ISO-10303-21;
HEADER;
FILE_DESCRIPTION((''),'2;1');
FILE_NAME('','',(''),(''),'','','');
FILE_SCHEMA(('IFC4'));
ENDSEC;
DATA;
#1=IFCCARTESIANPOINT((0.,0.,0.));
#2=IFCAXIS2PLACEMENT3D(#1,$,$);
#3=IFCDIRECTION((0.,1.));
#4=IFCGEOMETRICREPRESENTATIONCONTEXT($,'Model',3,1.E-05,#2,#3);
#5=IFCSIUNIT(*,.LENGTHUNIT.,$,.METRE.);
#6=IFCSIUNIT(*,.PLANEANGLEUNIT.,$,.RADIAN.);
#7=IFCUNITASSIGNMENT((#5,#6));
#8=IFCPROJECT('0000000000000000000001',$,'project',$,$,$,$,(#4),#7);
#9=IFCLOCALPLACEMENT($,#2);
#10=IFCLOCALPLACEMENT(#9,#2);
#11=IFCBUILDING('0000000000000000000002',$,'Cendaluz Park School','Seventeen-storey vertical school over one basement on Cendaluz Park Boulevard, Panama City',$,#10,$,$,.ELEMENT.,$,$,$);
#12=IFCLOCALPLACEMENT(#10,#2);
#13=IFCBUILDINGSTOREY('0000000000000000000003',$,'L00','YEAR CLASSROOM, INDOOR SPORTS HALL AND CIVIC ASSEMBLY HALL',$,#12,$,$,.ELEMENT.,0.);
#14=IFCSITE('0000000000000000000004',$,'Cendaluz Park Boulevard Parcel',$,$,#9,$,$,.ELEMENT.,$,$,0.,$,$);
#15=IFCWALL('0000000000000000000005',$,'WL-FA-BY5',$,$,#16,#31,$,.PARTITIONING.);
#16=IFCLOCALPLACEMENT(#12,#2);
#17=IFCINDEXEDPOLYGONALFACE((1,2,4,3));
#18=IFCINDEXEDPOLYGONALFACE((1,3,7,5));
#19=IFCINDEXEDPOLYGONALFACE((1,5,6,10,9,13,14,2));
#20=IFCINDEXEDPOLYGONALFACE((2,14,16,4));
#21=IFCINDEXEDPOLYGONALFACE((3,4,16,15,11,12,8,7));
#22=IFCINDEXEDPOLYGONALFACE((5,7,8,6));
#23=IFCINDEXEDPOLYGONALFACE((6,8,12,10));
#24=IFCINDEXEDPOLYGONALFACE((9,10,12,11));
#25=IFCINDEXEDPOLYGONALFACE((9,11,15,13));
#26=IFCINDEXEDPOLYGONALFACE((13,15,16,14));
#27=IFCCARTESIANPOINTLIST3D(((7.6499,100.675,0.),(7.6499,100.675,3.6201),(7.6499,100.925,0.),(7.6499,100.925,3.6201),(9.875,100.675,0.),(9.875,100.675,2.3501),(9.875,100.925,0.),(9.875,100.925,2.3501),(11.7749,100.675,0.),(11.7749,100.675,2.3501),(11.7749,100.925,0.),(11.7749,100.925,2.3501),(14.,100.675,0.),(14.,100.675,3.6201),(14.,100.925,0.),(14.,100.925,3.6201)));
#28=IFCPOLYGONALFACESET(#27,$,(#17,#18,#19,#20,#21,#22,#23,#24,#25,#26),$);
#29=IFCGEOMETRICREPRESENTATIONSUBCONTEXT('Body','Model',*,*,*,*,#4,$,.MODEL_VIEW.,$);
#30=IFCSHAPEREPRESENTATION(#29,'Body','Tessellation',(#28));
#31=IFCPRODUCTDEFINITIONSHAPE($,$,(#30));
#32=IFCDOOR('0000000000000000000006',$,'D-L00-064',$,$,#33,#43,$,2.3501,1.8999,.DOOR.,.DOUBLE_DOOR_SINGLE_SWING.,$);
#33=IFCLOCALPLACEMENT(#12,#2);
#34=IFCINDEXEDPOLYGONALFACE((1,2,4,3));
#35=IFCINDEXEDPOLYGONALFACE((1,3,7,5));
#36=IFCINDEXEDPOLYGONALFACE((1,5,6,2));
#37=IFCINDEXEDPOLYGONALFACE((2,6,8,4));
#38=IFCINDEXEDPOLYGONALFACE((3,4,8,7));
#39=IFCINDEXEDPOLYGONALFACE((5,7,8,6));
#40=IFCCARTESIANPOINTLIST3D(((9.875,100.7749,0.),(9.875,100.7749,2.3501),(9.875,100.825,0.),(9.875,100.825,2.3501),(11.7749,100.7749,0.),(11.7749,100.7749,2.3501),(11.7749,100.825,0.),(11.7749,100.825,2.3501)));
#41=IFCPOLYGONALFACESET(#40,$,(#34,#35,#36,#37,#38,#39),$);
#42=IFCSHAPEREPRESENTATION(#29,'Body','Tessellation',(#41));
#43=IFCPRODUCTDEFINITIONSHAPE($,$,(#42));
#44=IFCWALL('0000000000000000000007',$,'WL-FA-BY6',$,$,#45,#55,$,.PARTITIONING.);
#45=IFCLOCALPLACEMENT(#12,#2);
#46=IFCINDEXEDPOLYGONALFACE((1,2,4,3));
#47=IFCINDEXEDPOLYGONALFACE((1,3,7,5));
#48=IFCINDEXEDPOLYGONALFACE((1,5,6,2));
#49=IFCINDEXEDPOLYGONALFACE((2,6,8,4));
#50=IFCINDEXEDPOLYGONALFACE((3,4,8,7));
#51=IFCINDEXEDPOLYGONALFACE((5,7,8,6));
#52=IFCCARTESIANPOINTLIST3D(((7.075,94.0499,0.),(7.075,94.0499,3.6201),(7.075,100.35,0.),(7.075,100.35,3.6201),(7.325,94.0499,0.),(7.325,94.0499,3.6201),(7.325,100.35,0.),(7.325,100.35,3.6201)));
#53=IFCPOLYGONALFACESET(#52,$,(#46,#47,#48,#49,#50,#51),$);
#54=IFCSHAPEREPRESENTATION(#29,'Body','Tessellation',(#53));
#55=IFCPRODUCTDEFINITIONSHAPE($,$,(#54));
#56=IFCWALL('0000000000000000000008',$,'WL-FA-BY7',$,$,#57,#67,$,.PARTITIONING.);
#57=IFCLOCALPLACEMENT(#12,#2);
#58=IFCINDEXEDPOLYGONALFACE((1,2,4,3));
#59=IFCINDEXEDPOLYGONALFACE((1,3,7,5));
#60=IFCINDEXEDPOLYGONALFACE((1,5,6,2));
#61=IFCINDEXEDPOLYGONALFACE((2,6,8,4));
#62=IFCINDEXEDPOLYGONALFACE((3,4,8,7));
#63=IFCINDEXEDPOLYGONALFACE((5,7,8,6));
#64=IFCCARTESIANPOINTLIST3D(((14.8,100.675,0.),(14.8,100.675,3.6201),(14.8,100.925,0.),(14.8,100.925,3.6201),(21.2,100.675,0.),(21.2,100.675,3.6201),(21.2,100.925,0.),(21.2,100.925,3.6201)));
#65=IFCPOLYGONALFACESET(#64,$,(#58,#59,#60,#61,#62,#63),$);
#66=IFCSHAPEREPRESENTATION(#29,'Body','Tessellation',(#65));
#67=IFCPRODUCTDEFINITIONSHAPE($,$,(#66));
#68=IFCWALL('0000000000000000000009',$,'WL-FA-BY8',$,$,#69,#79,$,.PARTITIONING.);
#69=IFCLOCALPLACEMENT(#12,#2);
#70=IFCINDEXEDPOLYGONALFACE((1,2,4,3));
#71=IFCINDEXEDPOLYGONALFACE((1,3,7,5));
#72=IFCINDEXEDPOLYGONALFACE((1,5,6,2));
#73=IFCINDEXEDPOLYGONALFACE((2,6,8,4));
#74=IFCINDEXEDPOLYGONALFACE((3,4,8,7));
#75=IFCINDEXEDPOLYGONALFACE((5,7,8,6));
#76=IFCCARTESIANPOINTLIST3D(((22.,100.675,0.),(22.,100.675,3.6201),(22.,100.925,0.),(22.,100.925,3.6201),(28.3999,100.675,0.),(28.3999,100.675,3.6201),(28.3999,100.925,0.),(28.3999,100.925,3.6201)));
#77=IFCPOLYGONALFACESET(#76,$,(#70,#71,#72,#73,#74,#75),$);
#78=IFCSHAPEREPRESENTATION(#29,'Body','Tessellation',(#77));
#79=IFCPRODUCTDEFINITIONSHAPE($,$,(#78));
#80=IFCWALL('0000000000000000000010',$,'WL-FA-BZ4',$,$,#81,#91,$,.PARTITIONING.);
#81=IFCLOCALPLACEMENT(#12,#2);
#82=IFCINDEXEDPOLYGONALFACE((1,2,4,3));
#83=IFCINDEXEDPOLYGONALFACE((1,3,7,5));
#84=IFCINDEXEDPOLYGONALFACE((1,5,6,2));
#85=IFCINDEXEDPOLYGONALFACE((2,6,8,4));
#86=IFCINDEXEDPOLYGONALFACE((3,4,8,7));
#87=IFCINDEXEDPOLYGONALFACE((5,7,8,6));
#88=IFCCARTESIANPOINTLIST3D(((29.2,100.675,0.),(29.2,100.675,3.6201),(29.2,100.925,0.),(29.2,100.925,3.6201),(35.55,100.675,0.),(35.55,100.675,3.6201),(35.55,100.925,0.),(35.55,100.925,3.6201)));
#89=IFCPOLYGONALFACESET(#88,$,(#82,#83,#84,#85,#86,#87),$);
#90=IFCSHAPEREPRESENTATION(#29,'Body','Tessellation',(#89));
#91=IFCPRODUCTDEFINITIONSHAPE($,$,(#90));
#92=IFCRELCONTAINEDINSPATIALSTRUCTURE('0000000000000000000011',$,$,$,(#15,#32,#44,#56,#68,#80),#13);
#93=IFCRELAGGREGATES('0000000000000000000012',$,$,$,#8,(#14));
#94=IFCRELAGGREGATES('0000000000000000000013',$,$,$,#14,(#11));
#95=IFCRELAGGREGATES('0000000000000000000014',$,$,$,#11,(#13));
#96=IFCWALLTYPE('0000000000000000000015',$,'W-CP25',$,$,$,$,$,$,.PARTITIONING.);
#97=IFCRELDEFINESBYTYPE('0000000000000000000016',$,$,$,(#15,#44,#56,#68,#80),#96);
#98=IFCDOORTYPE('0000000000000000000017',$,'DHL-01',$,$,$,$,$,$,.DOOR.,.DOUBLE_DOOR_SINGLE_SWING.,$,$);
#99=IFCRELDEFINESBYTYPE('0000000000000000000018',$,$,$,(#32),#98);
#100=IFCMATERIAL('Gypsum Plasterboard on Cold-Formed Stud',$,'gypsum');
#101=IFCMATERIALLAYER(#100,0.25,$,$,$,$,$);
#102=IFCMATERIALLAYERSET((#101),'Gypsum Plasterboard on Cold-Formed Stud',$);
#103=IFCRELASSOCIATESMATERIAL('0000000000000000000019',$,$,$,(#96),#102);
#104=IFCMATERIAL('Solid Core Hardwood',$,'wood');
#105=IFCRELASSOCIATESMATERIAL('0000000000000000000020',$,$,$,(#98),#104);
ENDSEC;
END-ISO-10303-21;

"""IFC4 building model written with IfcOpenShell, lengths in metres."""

from ifc_helpers import new_model, si_unit, direction, frame, frame_2d, origin, place, context, subcontext, project, spatial, rectangle, extrude, material, layer, layer_set, type_object, element, fill, save


model = new_model("IFC4")

# Units and contexts
model_context = context("Model", 3, precision=1e-05, world=origin(), true_north=direction((0.0, 1.0)))
body_context = subcontext(model_context, "Body", "Model", "MODEL_VIEW")
ifc_project = project(units=[si_unit("LENGTHUNIT", "METRE"), si_unit("PLANEANGLEUNIT", "RADIAN")], contexts=[model_context])

# Site, building, storey
site_placement = place(None, origin())
site = spatial("IfcSite", under=ifc_project, at=site_placement, Name="Cendaluz Park Boulevard Parcel", CompositionType="ELEMENT", RefElevation=0.0)
building_placement = place(site_placement, origin())
building = spatial("IfcBuilding", under=site, at=building_placement, Name="Cendaluz Park School", Description="Seventeen-storey vertical school over one basement on Cendaluz Park Boulevard, Panama City", CompositionType="ELEMENT")
storey_placement = place(building_placement, origin())
storey = spatial("IfcBuildingStorey", under=building, at=storey_placement, Name="L00", Description="YEAR CLASSROOM, INDOOR SPORTS HALL AND CIVIC ASSEMBLY HALL", CompositionType="ELEMENT", Elevation=0.0)

# Wall, opening, door
ifc_material_1 = material(Name="Gypsum Plasterboard on Cold-Formed Stud", Category="gypsum")
ifc_layer = layer(ifc_material_1, 0.25)
ifc_layer_set = layer_set([ifc_layer], Name="Gypsum Plasterboard on Cold-Formed Stud")
wall_type = type_object("IfcWallType", Name="W-CP25", PredefinedType="PARTITIONING", material=ifc_layer_set)
wall_1_placement = place(storey_placement, frame((7.6499, 100.8, 0.0), z_axis=(0.0, 0.0, 1.0), x_axis=(1.0, 0.0, 0.0)))
wall_1 = element("IfcWall", 1, at=wall_1_placement, inside=storey, type_object=wall_type, Name="WL-FA-BY5", PredefinedType="PARTITIONING", context=body_context, shape_type="SweptSolid", body=[
    extrude(rectangle(XDim=6.3501, YDim=0.25, at=frame_2d((3.175, 0.0))), origin(), (0.0, 0.0, 1.0), 3.6201),
])
opening_placement = place(wall_1_placement, frame((2.2251, 0.0, 0.0)))
opening = element("IfcOpeningElement", 2, at=opening_placement, cuts=wall_1, PredefinedType="OPENING", context=body_context, shape_type="SweptSolid", body=[
    extrude(rectangle(XDim=1.8999, YDim=2.3501, at=frame_2d((0.95, 1.175))), frame((0.0, 0.137, 0.0), z_axis=(0.0, -1.0, 0.0), x_axis=(1.0, 0.0, 0.0)), (0.0, 0.0, 1.0), 0.2739),
])
ifc_material_2 = material(Name="Solid Core Hardwood", Category="wood")
door_type = type_object("IfcDoorType", Name="DHL-01", OperationType="DOUBLE_DOOR_SINGLE_SWING", PredefinedType="DOOR", material=ifc_material_2)
door_placement = place(opening_placement, origin())
door = element("IfcDoor", 3, at=door_placement, inside=storey, type_object=door_type, Name="D-L00-064", OperationType="DOUBLE_DOOR_SINGLE_SWING", OverallHeight=2.3501, OverallWidth=1.8999, PredefinedType="DOOR", context=body_context, shape_type="SweptSolid", body=[
    extrude(rectangle(XDim=1.8999, YDim=2.3501, at=frame_2d((0.95, 1.175))), frame((0.0, 0.0249, 0.0), z_axis=(0.0, -1.0, 0.0), x_axis=(1.0, 0.0, 0.0)), (0.0, 0.0, 1.0), 0.05),
])
fill(opening, door)

# Walls
wall_2_placement = place(storey_placement, frame((7.2, 94.05, 0.0), z_axis=(0.0, 0.0, 1.0), x_axis=(0.0, 1.0, 0.0)))
element("IfcWall", 4, at=wall_2_placement, inside=storey, type_object=wall_type, Name="WL-FA-BY6", PredefinedType="PARTITIONING", context=body_context, shape_type="SweptSolid", body=[
    extrude(rectangle(XDim=6.3, YDim=0.25, at=frame_2d((3.1499, 0.0))), origin(), (0.0, 0.0, 1.0), 3.6201),
])
for number, where, z_axis, x_axis, name in (
    (5, (14.8, 100.8, 0.0), (0.0, 0.0, 1.0), (1.0, 0.0, 0.0), "WL-FA-BY7"),
    (6, (22.0, 100.8, 0.0), (0.0, 0.0, 1.0), (1.0, 0.0, 0.0), "WL-FA-BY8"),
):
    element("IfcWall", number, at=place(storey_placement, frame(where, z_axis=z_axis, x_axis=x_axis)), inside=storey, type_object=wall_type, Name=name, PredefinedType="PARTITIONING", context=body_context, shape_type="SweptSolid", body=[
        extrude(rectangle(XDim=6.3999, YDim=0.25, at=frame_2d((3.2, 0.0))), origin(), (0.0, 0.0, 1.0), 3.6201),
    ])
wall_3_placement = place(storey_placement, frame((29.2, 100.8, 0.0), z_axis=(0.0, 0.0, 1.0), x_axis=(1.0, 0.0, 0.0)))
element("IfcWall", 7, at=wall_3_placement, inside=storey, type_object=wall_type, Name="WL-FA-BZ4", PredefinedType="PARTITIONING", context=body_context, shape_type="SweptSolid", body=[
    extrude(rectangle(XDim=6.3501, YDim=0.25, at=frame_2d((3.175, 0.0))), origin(), (0.0, 0.0, 1.0), 3.6201),
])

save(model, "model.ifc")
